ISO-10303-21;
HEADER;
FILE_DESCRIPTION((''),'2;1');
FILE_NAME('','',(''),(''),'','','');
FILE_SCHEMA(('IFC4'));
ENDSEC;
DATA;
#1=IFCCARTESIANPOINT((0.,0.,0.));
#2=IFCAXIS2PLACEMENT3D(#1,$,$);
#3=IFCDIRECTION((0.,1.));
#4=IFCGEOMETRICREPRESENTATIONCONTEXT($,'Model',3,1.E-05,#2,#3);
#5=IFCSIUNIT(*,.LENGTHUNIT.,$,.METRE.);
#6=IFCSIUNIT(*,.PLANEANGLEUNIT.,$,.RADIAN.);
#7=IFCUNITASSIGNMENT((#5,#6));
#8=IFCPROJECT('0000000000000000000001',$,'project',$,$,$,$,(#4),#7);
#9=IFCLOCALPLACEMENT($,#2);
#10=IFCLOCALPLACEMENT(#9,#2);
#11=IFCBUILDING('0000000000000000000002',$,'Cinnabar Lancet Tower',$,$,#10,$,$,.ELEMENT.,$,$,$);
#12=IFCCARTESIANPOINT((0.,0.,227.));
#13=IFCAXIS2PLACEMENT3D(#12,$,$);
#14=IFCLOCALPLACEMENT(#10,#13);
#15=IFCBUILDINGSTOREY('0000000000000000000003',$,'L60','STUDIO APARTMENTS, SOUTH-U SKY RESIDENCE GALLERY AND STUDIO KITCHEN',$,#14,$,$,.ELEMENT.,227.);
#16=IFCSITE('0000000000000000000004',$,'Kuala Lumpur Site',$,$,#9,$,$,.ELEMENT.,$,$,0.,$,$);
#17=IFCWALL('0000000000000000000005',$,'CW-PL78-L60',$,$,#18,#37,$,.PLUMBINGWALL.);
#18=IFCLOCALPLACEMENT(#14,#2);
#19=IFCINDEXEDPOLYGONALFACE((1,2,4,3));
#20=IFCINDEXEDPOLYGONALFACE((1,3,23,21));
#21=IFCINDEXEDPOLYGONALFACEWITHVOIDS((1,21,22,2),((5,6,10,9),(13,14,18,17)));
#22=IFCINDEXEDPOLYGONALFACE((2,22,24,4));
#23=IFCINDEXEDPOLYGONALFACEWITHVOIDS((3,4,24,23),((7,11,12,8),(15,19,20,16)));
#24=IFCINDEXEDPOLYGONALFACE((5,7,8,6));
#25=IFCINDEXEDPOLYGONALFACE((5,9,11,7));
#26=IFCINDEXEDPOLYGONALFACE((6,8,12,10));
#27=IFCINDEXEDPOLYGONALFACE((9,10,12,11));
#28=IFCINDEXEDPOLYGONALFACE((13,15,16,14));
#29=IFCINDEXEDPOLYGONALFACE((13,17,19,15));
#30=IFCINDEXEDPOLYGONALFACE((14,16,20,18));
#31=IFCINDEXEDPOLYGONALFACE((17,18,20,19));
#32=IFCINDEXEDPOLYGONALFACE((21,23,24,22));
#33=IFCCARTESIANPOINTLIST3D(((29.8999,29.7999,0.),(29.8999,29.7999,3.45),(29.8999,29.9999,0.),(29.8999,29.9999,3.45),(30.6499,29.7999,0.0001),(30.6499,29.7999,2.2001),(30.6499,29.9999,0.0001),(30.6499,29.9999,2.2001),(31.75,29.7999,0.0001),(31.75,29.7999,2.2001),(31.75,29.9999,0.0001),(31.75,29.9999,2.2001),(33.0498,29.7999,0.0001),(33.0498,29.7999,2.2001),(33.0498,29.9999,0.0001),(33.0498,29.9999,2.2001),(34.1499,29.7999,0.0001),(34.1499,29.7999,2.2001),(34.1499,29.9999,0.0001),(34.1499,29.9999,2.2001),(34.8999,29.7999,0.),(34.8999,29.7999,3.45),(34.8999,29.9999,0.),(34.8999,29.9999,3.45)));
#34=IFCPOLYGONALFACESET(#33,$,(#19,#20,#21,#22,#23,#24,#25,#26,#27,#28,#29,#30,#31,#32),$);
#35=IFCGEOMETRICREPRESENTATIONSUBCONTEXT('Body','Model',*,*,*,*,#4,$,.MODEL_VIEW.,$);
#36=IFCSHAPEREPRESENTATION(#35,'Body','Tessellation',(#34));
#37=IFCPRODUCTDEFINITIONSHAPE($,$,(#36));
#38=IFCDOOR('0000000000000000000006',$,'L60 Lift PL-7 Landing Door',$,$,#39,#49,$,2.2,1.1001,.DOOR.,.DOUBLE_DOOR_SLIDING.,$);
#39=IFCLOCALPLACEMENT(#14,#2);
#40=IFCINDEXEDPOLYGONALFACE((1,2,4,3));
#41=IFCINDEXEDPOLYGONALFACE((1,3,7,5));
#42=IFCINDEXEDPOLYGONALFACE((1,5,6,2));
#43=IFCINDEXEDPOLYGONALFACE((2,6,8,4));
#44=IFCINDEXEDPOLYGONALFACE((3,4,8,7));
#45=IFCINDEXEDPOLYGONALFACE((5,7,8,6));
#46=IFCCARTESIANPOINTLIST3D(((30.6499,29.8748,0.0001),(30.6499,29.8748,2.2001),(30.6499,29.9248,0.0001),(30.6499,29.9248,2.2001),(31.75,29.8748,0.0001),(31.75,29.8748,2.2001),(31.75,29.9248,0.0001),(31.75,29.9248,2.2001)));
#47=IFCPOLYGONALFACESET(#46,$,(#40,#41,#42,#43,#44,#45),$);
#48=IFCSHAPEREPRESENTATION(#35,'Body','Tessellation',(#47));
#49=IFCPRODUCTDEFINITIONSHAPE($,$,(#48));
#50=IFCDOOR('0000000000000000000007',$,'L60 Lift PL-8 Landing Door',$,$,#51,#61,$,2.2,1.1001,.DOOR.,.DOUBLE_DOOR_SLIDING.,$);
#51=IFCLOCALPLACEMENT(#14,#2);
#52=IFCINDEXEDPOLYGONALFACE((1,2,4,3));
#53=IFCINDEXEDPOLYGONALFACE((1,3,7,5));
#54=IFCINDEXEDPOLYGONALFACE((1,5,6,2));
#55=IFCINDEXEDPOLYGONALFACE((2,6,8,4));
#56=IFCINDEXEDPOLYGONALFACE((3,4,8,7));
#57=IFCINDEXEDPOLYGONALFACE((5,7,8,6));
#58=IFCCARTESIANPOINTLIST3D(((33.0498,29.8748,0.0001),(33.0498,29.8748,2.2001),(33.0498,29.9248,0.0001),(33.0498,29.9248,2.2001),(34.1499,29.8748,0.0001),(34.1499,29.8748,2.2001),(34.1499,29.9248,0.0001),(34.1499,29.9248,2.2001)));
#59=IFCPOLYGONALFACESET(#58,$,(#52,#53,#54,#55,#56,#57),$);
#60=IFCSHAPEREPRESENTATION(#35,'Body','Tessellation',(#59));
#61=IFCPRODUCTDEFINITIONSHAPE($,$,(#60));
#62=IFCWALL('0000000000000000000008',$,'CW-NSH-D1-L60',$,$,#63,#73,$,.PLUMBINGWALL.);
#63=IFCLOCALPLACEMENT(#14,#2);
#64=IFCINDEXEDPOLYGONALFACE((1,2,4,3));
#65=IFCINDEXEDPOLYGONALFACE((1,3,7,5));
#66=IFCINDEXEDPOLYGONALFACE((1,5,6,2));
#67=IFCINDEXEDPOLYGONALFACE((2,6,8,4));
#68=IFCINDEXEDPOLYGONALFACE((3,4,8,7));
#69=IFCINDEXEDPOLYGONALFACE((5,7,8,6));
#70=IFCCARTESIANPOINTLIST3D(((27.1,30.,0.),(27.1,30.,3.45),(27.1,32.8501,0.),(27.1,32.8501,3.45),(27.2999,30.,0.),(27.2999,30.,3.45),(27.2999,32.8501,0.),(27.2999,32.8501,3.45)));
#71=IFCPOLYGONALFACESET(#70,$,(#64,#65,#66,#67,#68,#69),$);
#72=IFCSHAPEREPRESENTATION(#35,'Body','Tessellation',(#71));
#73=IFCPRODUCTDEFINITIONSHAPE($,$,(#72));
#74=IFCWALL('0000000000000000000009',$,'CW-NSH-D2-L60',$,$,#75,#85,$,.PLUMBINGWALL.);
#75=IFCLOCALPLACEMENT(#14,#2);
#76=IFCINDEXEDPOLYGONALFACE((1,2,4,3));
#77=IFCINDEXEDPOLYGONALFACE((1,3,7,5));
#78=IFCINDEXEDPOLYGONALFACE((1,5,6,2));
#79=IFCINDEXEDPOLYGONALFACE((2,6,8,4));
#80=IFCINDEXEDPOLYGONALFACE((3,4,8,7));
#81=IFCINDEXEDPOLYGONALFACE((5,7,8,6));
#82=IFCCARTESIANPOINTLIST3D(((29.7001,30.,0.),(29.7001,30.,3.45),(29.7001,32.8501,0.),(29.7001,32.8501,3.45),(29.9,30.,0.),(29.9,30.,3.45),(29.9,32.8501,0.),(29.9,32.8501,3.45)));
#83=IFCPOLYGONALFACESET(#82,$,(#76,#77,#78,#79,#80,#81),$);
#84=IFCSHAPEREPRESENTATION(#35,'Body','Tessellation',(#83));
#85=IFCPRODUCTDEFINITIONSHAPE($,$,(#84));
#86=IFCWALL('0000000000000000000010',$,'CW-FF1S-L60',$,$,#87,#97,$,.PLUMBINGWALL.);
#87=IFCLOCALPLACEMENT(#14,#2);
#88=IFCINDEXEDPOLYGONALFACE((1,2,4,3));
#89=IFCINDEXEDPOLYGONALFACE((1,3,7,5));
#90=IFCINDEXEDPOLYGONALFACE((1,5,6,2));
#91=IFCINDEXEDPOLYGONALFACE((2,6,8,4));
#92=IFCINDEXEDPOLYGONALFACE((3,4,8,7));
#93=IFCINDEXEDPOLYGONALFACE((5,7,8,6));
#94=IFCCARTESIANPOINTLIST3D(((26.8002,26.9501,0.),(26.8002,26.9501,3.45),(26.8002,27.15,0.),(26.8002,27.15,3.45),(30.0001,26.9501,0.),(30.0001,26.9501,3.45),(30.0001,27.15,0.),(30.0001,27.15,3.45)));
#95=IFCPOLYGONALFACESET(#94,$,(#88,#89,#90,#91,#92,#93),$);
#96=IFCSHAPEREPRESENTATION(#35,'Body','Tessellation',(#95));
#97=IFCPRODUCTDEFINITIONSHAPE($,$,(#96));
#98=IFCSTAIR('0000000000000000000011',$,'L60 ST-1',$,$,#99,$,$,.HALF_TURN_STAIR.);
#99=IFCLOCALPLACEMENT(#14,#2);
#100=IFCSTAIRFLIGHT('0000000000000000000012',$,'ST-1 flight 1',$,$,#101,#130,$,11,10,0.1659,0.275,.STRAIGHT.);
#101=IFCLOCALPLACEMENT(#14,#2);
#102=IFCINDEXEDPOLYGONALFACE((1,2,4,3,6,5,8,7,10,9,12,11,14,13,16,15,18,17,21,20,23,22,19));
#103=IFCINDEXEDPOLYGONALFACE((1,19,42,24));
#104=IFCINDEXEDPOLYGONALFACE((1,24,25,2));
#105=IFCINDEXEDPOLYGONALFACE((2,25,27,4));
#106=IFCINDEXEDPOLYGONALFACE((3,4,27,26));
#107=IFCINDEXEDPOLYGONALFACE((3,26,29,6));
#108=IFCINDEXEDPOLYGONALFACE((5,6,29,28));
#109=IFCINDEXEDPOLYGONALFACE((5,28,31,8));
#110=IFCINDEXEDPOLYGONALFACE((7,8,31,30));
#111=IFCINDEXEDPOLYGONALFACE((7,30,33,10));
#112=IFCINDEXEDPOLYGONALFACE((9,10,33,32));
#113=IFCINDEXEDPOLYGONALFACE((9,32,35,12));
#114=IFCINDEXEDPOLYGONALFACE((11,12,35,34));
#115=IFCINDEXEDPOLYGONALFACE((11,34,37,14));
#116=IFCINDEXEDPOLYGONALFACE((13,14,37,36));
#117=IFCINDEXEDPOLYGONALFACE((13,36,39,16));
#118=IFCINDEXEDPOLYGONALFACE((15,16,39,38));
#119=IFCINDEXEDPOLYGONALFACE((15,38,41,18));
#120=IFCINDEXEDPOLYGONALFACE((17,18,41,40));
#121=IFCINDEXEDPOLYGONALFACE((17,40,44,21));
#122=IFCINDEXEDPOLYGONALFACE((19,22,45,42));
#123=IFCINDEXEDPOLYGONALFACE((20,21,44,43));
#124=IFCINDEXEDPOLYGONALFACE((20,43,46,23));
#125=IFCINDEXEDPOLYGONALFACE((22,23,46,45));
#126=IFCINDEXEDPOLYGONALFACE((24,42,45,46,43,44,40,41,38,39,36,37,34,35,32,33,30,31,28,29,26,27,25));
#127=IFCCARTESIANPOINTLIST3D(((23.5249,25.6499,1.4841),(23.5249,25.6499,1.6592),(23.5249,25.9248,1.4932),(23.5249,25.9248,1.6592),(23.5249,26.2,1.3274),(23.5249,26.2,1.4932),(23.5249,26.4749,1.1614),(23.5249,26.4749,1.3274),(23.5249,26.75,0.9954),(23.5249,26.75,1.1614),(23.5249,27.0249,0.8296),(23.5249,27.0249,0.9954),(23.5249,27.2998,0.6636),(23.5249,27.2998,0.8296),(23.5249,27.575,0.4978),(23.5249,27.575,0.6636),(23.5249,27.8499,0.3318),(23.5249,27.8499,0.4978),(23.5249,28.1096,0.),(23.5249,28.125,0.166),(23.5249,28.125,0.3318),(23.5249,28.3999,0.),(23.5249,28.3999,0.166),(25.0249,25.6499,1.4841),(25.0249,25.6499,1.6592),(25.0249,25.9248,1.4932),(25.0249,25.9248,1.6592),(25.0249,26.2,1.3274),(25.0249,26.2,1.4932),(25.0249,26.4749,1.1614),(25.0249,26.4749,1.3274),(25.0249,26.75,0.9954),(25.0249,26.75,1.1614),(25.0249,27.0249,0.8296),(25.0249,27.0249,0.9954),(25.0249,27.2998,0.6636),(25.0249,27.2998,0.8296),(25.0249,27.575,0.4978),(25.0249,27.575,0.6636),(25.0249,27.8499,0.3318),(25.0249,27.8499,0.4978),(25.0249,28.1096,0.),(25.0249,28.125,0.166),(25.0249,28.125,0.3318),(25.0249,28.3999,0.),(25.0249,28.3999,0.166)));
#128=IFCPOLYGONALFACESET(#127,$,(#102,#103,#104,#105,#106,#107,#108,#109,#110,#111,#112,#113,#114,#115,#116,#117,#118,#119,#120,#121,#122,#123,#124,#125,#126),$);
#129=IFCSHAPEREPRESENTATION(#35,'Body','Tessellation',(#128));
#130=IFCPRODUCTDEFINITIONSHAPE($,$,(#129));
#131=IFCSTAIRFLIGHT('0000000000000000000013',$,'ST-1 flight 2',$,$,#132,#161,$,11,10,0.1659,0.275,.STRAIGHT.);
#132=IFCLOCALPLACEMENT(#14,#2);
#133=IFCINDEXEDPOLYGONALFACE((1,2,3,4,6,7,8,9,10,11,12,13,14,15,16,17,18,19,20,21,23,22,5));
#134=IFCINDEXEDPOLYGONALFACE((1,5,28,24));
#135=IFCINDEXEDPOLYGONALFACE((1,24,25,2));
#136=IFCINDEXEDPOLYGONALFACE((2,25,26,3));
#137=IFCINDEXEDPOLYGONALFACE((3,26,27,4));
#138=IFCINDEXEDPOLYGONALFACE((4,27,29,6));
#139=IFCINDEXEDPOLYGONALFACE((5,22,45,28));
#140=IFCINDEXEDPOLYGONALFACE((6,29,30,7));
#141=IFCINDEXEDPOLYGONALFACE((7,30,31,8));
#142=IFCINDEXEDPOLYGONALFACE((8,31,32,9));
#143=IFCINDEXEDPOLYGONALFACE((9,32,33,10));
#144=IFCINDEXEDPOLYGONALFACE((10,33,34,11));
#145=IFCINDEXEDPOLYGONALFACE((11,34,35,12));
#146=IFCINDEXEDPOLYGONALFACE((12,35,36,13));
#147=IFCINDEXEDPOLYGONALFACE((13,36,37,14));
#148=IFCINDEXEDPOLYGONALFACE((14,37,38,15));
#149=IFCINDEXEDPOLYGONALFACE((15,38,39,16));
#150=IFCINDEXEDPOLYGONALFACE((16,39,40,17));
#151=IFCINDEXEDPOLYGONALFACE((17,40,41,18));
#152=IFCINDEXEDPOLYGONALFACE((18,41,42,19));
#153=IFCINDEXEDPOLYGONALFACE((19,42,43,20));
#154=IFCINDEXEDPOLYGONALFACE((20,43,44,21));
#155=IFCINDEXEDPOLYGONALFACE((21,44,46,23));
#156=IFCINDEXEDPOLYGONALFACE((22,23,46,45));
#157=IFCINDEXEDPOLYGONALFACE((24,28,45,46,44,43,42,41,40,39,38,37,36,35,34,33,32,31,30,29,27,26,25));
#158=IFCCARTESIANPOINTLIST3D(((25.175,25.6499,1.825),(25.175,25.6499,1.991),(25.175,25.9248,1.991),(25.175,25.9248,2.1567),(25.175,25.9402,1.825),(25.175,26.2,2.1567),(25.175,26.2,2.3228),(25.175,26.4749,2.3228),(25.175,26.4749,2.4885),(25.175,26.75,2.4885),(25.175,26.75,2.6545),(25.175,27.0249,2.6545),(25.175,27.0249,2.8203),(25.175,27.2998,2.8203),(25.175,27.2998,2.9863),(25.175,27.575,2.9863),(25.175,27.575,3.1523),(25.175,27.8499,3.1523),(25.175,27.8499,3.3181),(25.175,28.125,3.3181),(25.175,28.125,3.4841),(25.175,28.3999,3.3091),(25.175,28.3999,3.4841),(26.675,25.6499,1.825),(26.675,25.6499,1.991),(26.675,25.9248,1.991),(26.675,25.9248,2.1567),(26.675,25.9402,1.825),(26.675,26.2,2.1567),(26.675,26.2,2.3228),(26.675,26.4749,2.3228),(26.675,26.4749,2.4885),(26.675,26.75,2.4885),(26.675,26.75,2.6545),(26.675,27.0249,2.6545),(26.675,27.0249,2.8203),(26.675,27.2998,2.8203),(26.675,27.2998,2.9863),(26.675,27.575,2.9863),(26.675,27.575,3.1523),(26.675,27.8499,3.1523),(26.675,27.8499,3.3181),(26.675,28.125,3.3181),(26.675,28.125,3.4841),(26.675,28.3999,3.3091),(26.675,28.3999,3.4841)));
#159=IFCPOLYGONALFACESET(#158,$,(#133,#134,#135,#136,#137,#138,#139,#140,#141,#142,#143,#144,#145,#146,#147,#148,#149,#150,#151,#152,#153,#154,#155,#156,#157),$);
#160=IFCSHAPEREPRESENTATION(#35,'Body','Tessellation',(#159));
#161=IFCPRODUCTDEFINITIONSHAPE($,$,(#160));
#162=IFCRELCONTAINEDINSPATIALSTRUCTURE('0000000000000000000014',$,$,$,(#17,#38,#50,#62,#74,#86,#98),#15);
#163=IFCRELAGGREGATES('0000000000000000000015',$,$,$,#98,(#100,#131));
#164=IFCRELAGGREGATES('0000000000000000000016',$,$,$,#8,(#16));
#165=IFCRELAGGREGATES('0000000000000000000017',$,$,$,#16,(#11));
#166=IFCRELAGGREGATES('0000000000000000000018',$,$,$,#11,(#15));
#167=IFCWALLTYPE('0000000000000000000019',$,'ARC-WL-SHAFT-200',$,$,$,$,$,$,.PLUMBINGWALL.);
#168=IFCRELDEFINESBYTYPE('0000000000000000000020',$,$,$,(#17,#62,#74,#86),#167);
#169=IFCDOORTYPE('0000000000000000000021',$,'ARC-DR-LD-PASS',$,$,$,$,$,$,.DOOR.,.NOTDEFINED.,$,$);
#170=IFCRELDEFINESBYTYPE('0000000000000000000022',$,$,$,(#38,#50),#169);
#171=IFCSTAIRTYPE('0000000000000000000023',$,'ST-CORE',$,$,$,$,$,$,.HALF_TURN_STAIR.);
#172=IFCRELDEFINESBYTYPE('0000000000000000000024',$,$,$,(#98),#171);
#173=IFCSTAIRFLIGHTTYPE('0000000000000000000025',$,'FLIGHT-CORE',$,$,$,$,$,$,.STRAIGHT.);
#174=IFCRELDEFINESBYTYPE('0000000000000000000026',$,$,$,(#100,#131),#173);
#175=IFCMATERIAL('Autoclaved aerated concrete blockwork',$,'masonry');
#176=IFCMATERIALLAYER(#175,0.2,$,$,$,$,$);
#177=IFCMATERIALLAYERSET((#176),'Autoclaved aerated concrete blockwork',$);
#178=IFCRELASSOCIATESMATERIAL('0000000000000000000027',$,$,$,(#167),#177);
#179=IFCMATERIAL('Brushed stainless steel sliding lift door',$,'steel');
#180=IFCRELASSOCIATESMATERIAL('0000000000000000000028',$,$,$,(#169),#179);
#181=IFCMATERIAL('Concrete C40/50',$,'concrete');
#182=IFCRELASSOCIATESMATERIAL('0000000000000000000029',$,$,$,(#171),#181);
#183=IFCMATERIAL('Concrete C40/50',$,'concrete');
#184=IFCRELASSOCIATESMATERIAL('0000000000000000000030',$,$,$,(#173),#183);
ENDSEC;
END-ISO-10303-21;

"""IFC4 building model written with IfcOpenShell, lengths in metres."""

from ifc_helpers import new_model, si_unit, direction, frame, frame_2d, origin, place, context, subcontext, project, spatial, polyline, rectangle, outline, extrude, material, layer, layer_set, type_object, element, fill, aggregate, save


model = new_model("IFC4")

# Units and contexts
model_context = context("Model", 3, precision=1e-05, world=origin(), true_north=direction((0.0, 1.0)))
body_context = subcontext(model_context, "Body", "Model", "MODEL_VIEW")
ifc_project = project(units=[si_unit("LENGTHUNIT", "METRE"), si_unit("PLANEANGLEUNIT", "RADIAN")], contexts=[model_context])

# Site, building, storey
site_placement = place(None, origin())
site = spatial("IfcSite", under=ifc_project, at=site_placement, Name="Kuala Lumpur Site", CompositionType="ELEMENT", RefElevation=0.0)
building_placement = place(site_placement, origin())
building = spatial("IfcBuilding", under=site, at=building_placement, Name="Cinnabar Lancet Tower", CompositionType="ELEMENT")
storey_placement = place(building_placement, frame((0.0, 0.0, 227.0)))
storey = spatial("IfcBuildingStorey", under=building, at=storey_placement, Name="L60", Description="STUDIO APARTMENTS, SOUTH-U SKY RESIDENCE GALLERY AND STUDIO KITCHEN", CompositionType="ELEMENT", Elevation=227.0)

# Shared definitions
ifc_material_1 = material(Name="Autoclaved aerated concrete blockwork", Category="masonry")
ifc_layer = layer(ifc_material_1, 0.2)
ifc_layer_set = layer_set([ifc_layer], Name="Autoclaved aerated concrete blockwork")
wall_type = type_object("IfcWallType", Name="ARC-WL-SHAFT-200", PredefinedType="PLUMBINGWALL", material=ifc_layer_set)

# Wall, openings, doors
wall_1_placement = place(storey_placement, frame((29.8999, 29.8999, 0.0), z_axis=(0.0, 0.0, 1.0), x_axis=(1.0, 0.0, 0.0)))
wall_1 = element("IfcWall", 1, at=wall_1_placement, inside=storey, type_object=wall_type, Name="CW-PL78-L60", PredefinedType="PLUMBINGWALL", context=body_context, shape_type="SweptSolid", body=[
    extrude(rectangle(XDim=5.0, YDim=0.2, at=frame_2d((2.5, 0.0))), origin(), (0.0, 0.0, 1.0), 3.45),
])
opening_1_placement = place(wall_1_placement, frame((0.75, 0.0, 0.0)))
opening_1 = element("IfcOpeningElement", 2, at=opening_1_placement, cuts=wall_1, PredefinedType="OPENING", context=body_context, shape_type="SweptSolid", body=[
    extrude(rectangle(XDim=1.1001, YDim=2.2, at=frame_2d((0.55, 1.1001))), frame((0.0, 0.1099, 0.0), z_axis=(0.0, -1.0, 0.0), x_axis=(1.0, 0.0, 0.0)), (0.0, 0.0, 1.0), 0.22),
])
opening_2_placement = place(wall_1_placement, frame((3.1499, 0.0, 0.0)))
opening_2 = element("IfcOpeningElement", 3, at=opening_2_placement, cuts=wall_1, PredefinedType="OPENING", context=body_context, shape_type="SweptSolid", body=[
    extrude(rectangle(XDim=1.1001, YDim=2.2, at=frame_2d((0.55, 1.1001))), frame((0.0, 0.1099, 0.0), z_axis=(0.0, -1.0, 0.0), x_axis=(1.0, 0.0, 0.0)), (0.0, 0.0, 1.0), 0.22),
])
ifc_material_2 = material(Name="Brushed stainless steel sliding lift door", Category="steel")
door_type_1 = type_object("IfcDoorType", Name="ARC-DR-LD-PASS", OperationType="NOTDEFINED", PredefinedType="DOOR", material=ifc_material_2)
door_1_placement = place(opening_1_placement, origin())
door_1 = element("IfcDoor", 4, at=door_1_placement, inside=storey, type_object=door_type_1, Name="L60 Lift PL-7 Landing Door", OperationType="DOUBLE_DOOR_SLIDING", OverallHeight=2.2, OverallWidth=1.1001, PredefinedType="DOOR", context=body_context, shape_type="SweptSolid", body=[
    extrude(rectangle(XDim=1.1001, YDim=2.2, at=frame_2d((0.55, 1.1001))), frame((0.0, 0.0249, 0.0), z_axis=(0.0, -1.0, 0.0), x_axis=(1.0, 0.0, 0.0)), (0.0, 0.0, 1.0), 0.05),
])
fill(opening_1, door_1)
door_2_placement = place(opening_2_placement, origin())
door_2 = element("IfcDoor", 5, at=door_2_placement, inside=storey, type_object=door_type_1, Name="L60 Lift PL-8 Landing Door", OperationType="DOUBLE_DOOR_SLIDING", OverallHeight=2.2, OverallWidth=1.1001, PredefinedType="DOOR", context=body_context, shape_type="SweptSolid", body=[
    extrude(rectangle(XDim=1.1001, YDim=2.2, at=frame_2d((0.55, 1.1001))), frame((0.0, 0.0249, 0.0), z_axis=(0.0, -1.0, 0.0), x_axis=(1.0, 0.0, 0.0)), (0.0, 0.0, 1.0), 0.05),
])
fill(opening_2, door_2)

# Walls
for number, where, z_axis, x_axis, name in (
    (6, (27.2, 30.0, 0.0), (0.0, 0.0, 1.0), (0.0, 1.0, 0.0), "CW-NSH-D1-L60"),
    (7, (29.8, 30.0, 0.0), (0.0, 0.0, 1.0), (0.0, 1.0, 0.0), "CW-NSH-D2-L60"),
):
    element("IfcWall", number, at=place(storey_placement, frame(where, z_axis=z_axis, x_axis=x_axis)), inside=storey, type_object=wall_type, Name=name, PredefinedType="PLUMBINGWALL", context=body_context, shape_type="SweptSolid", body=[
        extrude(rectangle(XDim=2.8501, YDim=0.2, at=frame_2d((1.425, 0.0))), origin(), (0.0, 0.0, 1.0), 3.45),
    ])

# Wall
wall_2_placement = place(storey_placement, frame((26.8, 27.05, 0.0), z_axis=(0.0, 0.0, 1.0), x_axis=(1.0, 0.0, 0.0)))
element("IfcWall", 8, at=wall_2_placement, inside=storey, type_object=wall_type, Name="CW-FF1S-L60", PredefinedType="PLUMBINGWALL", context=body_context, shape_type="SweptSolid", body=[
    extrude(rectangle(XDim=3.2, YDim=0.2, at=frame_2d((1.6001, 0.0))), origin(), (0.0, 0.0, 1.0), 3.45),
])

# Stair, stair flights
ifc_material_3 = material(Name="Concrete C40/50", Category="concrete")
stair_type = type_object("IfcStairType", Name="ST-CORE", PredefinedType="HALF_TURN_STAIR", material=ifc_material_3)
stair_placement = place(storey_placement, origin())
stair = element("IfcStair", 9, at=stair_placement, inside=storey, type_object=stair_type, Name="L60 ST-1", PredefinedType="HALF_TURN_STAIR")
ifc_material_4 = material(Name="Concrete C40/50", Category="concrete")
stair_flight_type = type_object("IfcStairFlightType", Name="FLIGHT-CORE", PredefinedType="STRAIGHT", material=ifc_material_4)
stair_flight_1_placement = place(storey_placement, frame((24.2749, 28.3999, 0.0), z_axis=(0.0, 0.0, 1.0), x_axis=(0.0, -1.0, 0.0)))
stair_flight_1 = element("IfcStairFlight", 10, at=stair_flight_1_placement, type_object=stair_flight_type, Name="ST-1 flight 1", NumberOfRisers=11, NumberOfTreads=10, PredefinedType="STRAIGHT", RiserHeight=0.1659, TreadLength=0.275, context=body_context, shape_type="SweptSolid", body=[
    extrude(outline(polyline([(0.0, 0.0), (0.0, 0.166), (0.2749, 0.166), (0.2749, 0.3318), (0.55, 0.3318), (0.55, 0.4978), (0.825, 0.4978), (0.825, 0.6636), (1.1001, 0.6636), (1.1001, 0.8296), (1.375, 0.8296), (1.375, 0.9954), (1.6499, 0.9954), (1.6499, 1.1614), (1.925, 1.1614), (1.925, 1.3274), (2.2, 1.3274), (2.2, 1.4932), (2.4751, 1.4932), (2.4751, 1.6592), (2.75, 1.6592), (2.75, 1.825), (2.75, 1.4841), (0.2903, 0.0), (0.0, 0.0)])), frame((0.0, 0.75, 0.0), z_axis=(0.0, -1.0, 0.0), x_axis=(1.0, 0.0, 0.0)), (0.0, 0.0, 1.0), 1.5),
])
stair_flight_2_placement = place(storey_placement, frame((25.925, 25.6499, 1.825), z_axis=(0.0, 0.0, 1.0), x_axis=(0.0, 1.0, 0.0)))
stair_flight_2 = element("IfcStairFlight", 11, at=stair_flight_2_placement, type_object=stair_flight_type, Name="ST-1 flight 2", NumberOfRisers=11, NumberOfTreads=10, PredefinedType="STRAIGHT", RiserHeight=0.1659, TreadLength=0.275, context=body_context, shape_type="SweptSolid", body=[
    extrude(outline(polyline([(0.0, 0.0), (0.0, 0.166), (0.2749, 0.166), (0.2749, 0.3318), (0.55, 0.3318), (0.55, 0.4978), (0.825, 0.4978), (0.825, 0.6636), (1.1001, 0.6636), (1.1001, 0.8296), (1.375, 0.8296), (1.375, 0.9954), (1.6499, 0.9954), (1.6499, 1.1614), (1.925, 1.1614), (1.925, 1.3274), (2.2, 1.3274), (2.2, 1.4932), (2.4751, 1.4932), (2.4751, 1.6592), (2.75, 1.6592), (2.75, 1.825), (2.75, 1.4841), (0.2903, 0.0), (0.0, 0.0)])), frame((0.0, 0.75, 0.0), z_axis=(0.0, -1.0, 0.0), x_axis=(1.0, 0.0, 0.0)), (0.0, 0.0, 1.0), 1.5),
])
aggregate(stair, [stair_flight_1, stair_flight_2])

save(model, "model.ifc")
